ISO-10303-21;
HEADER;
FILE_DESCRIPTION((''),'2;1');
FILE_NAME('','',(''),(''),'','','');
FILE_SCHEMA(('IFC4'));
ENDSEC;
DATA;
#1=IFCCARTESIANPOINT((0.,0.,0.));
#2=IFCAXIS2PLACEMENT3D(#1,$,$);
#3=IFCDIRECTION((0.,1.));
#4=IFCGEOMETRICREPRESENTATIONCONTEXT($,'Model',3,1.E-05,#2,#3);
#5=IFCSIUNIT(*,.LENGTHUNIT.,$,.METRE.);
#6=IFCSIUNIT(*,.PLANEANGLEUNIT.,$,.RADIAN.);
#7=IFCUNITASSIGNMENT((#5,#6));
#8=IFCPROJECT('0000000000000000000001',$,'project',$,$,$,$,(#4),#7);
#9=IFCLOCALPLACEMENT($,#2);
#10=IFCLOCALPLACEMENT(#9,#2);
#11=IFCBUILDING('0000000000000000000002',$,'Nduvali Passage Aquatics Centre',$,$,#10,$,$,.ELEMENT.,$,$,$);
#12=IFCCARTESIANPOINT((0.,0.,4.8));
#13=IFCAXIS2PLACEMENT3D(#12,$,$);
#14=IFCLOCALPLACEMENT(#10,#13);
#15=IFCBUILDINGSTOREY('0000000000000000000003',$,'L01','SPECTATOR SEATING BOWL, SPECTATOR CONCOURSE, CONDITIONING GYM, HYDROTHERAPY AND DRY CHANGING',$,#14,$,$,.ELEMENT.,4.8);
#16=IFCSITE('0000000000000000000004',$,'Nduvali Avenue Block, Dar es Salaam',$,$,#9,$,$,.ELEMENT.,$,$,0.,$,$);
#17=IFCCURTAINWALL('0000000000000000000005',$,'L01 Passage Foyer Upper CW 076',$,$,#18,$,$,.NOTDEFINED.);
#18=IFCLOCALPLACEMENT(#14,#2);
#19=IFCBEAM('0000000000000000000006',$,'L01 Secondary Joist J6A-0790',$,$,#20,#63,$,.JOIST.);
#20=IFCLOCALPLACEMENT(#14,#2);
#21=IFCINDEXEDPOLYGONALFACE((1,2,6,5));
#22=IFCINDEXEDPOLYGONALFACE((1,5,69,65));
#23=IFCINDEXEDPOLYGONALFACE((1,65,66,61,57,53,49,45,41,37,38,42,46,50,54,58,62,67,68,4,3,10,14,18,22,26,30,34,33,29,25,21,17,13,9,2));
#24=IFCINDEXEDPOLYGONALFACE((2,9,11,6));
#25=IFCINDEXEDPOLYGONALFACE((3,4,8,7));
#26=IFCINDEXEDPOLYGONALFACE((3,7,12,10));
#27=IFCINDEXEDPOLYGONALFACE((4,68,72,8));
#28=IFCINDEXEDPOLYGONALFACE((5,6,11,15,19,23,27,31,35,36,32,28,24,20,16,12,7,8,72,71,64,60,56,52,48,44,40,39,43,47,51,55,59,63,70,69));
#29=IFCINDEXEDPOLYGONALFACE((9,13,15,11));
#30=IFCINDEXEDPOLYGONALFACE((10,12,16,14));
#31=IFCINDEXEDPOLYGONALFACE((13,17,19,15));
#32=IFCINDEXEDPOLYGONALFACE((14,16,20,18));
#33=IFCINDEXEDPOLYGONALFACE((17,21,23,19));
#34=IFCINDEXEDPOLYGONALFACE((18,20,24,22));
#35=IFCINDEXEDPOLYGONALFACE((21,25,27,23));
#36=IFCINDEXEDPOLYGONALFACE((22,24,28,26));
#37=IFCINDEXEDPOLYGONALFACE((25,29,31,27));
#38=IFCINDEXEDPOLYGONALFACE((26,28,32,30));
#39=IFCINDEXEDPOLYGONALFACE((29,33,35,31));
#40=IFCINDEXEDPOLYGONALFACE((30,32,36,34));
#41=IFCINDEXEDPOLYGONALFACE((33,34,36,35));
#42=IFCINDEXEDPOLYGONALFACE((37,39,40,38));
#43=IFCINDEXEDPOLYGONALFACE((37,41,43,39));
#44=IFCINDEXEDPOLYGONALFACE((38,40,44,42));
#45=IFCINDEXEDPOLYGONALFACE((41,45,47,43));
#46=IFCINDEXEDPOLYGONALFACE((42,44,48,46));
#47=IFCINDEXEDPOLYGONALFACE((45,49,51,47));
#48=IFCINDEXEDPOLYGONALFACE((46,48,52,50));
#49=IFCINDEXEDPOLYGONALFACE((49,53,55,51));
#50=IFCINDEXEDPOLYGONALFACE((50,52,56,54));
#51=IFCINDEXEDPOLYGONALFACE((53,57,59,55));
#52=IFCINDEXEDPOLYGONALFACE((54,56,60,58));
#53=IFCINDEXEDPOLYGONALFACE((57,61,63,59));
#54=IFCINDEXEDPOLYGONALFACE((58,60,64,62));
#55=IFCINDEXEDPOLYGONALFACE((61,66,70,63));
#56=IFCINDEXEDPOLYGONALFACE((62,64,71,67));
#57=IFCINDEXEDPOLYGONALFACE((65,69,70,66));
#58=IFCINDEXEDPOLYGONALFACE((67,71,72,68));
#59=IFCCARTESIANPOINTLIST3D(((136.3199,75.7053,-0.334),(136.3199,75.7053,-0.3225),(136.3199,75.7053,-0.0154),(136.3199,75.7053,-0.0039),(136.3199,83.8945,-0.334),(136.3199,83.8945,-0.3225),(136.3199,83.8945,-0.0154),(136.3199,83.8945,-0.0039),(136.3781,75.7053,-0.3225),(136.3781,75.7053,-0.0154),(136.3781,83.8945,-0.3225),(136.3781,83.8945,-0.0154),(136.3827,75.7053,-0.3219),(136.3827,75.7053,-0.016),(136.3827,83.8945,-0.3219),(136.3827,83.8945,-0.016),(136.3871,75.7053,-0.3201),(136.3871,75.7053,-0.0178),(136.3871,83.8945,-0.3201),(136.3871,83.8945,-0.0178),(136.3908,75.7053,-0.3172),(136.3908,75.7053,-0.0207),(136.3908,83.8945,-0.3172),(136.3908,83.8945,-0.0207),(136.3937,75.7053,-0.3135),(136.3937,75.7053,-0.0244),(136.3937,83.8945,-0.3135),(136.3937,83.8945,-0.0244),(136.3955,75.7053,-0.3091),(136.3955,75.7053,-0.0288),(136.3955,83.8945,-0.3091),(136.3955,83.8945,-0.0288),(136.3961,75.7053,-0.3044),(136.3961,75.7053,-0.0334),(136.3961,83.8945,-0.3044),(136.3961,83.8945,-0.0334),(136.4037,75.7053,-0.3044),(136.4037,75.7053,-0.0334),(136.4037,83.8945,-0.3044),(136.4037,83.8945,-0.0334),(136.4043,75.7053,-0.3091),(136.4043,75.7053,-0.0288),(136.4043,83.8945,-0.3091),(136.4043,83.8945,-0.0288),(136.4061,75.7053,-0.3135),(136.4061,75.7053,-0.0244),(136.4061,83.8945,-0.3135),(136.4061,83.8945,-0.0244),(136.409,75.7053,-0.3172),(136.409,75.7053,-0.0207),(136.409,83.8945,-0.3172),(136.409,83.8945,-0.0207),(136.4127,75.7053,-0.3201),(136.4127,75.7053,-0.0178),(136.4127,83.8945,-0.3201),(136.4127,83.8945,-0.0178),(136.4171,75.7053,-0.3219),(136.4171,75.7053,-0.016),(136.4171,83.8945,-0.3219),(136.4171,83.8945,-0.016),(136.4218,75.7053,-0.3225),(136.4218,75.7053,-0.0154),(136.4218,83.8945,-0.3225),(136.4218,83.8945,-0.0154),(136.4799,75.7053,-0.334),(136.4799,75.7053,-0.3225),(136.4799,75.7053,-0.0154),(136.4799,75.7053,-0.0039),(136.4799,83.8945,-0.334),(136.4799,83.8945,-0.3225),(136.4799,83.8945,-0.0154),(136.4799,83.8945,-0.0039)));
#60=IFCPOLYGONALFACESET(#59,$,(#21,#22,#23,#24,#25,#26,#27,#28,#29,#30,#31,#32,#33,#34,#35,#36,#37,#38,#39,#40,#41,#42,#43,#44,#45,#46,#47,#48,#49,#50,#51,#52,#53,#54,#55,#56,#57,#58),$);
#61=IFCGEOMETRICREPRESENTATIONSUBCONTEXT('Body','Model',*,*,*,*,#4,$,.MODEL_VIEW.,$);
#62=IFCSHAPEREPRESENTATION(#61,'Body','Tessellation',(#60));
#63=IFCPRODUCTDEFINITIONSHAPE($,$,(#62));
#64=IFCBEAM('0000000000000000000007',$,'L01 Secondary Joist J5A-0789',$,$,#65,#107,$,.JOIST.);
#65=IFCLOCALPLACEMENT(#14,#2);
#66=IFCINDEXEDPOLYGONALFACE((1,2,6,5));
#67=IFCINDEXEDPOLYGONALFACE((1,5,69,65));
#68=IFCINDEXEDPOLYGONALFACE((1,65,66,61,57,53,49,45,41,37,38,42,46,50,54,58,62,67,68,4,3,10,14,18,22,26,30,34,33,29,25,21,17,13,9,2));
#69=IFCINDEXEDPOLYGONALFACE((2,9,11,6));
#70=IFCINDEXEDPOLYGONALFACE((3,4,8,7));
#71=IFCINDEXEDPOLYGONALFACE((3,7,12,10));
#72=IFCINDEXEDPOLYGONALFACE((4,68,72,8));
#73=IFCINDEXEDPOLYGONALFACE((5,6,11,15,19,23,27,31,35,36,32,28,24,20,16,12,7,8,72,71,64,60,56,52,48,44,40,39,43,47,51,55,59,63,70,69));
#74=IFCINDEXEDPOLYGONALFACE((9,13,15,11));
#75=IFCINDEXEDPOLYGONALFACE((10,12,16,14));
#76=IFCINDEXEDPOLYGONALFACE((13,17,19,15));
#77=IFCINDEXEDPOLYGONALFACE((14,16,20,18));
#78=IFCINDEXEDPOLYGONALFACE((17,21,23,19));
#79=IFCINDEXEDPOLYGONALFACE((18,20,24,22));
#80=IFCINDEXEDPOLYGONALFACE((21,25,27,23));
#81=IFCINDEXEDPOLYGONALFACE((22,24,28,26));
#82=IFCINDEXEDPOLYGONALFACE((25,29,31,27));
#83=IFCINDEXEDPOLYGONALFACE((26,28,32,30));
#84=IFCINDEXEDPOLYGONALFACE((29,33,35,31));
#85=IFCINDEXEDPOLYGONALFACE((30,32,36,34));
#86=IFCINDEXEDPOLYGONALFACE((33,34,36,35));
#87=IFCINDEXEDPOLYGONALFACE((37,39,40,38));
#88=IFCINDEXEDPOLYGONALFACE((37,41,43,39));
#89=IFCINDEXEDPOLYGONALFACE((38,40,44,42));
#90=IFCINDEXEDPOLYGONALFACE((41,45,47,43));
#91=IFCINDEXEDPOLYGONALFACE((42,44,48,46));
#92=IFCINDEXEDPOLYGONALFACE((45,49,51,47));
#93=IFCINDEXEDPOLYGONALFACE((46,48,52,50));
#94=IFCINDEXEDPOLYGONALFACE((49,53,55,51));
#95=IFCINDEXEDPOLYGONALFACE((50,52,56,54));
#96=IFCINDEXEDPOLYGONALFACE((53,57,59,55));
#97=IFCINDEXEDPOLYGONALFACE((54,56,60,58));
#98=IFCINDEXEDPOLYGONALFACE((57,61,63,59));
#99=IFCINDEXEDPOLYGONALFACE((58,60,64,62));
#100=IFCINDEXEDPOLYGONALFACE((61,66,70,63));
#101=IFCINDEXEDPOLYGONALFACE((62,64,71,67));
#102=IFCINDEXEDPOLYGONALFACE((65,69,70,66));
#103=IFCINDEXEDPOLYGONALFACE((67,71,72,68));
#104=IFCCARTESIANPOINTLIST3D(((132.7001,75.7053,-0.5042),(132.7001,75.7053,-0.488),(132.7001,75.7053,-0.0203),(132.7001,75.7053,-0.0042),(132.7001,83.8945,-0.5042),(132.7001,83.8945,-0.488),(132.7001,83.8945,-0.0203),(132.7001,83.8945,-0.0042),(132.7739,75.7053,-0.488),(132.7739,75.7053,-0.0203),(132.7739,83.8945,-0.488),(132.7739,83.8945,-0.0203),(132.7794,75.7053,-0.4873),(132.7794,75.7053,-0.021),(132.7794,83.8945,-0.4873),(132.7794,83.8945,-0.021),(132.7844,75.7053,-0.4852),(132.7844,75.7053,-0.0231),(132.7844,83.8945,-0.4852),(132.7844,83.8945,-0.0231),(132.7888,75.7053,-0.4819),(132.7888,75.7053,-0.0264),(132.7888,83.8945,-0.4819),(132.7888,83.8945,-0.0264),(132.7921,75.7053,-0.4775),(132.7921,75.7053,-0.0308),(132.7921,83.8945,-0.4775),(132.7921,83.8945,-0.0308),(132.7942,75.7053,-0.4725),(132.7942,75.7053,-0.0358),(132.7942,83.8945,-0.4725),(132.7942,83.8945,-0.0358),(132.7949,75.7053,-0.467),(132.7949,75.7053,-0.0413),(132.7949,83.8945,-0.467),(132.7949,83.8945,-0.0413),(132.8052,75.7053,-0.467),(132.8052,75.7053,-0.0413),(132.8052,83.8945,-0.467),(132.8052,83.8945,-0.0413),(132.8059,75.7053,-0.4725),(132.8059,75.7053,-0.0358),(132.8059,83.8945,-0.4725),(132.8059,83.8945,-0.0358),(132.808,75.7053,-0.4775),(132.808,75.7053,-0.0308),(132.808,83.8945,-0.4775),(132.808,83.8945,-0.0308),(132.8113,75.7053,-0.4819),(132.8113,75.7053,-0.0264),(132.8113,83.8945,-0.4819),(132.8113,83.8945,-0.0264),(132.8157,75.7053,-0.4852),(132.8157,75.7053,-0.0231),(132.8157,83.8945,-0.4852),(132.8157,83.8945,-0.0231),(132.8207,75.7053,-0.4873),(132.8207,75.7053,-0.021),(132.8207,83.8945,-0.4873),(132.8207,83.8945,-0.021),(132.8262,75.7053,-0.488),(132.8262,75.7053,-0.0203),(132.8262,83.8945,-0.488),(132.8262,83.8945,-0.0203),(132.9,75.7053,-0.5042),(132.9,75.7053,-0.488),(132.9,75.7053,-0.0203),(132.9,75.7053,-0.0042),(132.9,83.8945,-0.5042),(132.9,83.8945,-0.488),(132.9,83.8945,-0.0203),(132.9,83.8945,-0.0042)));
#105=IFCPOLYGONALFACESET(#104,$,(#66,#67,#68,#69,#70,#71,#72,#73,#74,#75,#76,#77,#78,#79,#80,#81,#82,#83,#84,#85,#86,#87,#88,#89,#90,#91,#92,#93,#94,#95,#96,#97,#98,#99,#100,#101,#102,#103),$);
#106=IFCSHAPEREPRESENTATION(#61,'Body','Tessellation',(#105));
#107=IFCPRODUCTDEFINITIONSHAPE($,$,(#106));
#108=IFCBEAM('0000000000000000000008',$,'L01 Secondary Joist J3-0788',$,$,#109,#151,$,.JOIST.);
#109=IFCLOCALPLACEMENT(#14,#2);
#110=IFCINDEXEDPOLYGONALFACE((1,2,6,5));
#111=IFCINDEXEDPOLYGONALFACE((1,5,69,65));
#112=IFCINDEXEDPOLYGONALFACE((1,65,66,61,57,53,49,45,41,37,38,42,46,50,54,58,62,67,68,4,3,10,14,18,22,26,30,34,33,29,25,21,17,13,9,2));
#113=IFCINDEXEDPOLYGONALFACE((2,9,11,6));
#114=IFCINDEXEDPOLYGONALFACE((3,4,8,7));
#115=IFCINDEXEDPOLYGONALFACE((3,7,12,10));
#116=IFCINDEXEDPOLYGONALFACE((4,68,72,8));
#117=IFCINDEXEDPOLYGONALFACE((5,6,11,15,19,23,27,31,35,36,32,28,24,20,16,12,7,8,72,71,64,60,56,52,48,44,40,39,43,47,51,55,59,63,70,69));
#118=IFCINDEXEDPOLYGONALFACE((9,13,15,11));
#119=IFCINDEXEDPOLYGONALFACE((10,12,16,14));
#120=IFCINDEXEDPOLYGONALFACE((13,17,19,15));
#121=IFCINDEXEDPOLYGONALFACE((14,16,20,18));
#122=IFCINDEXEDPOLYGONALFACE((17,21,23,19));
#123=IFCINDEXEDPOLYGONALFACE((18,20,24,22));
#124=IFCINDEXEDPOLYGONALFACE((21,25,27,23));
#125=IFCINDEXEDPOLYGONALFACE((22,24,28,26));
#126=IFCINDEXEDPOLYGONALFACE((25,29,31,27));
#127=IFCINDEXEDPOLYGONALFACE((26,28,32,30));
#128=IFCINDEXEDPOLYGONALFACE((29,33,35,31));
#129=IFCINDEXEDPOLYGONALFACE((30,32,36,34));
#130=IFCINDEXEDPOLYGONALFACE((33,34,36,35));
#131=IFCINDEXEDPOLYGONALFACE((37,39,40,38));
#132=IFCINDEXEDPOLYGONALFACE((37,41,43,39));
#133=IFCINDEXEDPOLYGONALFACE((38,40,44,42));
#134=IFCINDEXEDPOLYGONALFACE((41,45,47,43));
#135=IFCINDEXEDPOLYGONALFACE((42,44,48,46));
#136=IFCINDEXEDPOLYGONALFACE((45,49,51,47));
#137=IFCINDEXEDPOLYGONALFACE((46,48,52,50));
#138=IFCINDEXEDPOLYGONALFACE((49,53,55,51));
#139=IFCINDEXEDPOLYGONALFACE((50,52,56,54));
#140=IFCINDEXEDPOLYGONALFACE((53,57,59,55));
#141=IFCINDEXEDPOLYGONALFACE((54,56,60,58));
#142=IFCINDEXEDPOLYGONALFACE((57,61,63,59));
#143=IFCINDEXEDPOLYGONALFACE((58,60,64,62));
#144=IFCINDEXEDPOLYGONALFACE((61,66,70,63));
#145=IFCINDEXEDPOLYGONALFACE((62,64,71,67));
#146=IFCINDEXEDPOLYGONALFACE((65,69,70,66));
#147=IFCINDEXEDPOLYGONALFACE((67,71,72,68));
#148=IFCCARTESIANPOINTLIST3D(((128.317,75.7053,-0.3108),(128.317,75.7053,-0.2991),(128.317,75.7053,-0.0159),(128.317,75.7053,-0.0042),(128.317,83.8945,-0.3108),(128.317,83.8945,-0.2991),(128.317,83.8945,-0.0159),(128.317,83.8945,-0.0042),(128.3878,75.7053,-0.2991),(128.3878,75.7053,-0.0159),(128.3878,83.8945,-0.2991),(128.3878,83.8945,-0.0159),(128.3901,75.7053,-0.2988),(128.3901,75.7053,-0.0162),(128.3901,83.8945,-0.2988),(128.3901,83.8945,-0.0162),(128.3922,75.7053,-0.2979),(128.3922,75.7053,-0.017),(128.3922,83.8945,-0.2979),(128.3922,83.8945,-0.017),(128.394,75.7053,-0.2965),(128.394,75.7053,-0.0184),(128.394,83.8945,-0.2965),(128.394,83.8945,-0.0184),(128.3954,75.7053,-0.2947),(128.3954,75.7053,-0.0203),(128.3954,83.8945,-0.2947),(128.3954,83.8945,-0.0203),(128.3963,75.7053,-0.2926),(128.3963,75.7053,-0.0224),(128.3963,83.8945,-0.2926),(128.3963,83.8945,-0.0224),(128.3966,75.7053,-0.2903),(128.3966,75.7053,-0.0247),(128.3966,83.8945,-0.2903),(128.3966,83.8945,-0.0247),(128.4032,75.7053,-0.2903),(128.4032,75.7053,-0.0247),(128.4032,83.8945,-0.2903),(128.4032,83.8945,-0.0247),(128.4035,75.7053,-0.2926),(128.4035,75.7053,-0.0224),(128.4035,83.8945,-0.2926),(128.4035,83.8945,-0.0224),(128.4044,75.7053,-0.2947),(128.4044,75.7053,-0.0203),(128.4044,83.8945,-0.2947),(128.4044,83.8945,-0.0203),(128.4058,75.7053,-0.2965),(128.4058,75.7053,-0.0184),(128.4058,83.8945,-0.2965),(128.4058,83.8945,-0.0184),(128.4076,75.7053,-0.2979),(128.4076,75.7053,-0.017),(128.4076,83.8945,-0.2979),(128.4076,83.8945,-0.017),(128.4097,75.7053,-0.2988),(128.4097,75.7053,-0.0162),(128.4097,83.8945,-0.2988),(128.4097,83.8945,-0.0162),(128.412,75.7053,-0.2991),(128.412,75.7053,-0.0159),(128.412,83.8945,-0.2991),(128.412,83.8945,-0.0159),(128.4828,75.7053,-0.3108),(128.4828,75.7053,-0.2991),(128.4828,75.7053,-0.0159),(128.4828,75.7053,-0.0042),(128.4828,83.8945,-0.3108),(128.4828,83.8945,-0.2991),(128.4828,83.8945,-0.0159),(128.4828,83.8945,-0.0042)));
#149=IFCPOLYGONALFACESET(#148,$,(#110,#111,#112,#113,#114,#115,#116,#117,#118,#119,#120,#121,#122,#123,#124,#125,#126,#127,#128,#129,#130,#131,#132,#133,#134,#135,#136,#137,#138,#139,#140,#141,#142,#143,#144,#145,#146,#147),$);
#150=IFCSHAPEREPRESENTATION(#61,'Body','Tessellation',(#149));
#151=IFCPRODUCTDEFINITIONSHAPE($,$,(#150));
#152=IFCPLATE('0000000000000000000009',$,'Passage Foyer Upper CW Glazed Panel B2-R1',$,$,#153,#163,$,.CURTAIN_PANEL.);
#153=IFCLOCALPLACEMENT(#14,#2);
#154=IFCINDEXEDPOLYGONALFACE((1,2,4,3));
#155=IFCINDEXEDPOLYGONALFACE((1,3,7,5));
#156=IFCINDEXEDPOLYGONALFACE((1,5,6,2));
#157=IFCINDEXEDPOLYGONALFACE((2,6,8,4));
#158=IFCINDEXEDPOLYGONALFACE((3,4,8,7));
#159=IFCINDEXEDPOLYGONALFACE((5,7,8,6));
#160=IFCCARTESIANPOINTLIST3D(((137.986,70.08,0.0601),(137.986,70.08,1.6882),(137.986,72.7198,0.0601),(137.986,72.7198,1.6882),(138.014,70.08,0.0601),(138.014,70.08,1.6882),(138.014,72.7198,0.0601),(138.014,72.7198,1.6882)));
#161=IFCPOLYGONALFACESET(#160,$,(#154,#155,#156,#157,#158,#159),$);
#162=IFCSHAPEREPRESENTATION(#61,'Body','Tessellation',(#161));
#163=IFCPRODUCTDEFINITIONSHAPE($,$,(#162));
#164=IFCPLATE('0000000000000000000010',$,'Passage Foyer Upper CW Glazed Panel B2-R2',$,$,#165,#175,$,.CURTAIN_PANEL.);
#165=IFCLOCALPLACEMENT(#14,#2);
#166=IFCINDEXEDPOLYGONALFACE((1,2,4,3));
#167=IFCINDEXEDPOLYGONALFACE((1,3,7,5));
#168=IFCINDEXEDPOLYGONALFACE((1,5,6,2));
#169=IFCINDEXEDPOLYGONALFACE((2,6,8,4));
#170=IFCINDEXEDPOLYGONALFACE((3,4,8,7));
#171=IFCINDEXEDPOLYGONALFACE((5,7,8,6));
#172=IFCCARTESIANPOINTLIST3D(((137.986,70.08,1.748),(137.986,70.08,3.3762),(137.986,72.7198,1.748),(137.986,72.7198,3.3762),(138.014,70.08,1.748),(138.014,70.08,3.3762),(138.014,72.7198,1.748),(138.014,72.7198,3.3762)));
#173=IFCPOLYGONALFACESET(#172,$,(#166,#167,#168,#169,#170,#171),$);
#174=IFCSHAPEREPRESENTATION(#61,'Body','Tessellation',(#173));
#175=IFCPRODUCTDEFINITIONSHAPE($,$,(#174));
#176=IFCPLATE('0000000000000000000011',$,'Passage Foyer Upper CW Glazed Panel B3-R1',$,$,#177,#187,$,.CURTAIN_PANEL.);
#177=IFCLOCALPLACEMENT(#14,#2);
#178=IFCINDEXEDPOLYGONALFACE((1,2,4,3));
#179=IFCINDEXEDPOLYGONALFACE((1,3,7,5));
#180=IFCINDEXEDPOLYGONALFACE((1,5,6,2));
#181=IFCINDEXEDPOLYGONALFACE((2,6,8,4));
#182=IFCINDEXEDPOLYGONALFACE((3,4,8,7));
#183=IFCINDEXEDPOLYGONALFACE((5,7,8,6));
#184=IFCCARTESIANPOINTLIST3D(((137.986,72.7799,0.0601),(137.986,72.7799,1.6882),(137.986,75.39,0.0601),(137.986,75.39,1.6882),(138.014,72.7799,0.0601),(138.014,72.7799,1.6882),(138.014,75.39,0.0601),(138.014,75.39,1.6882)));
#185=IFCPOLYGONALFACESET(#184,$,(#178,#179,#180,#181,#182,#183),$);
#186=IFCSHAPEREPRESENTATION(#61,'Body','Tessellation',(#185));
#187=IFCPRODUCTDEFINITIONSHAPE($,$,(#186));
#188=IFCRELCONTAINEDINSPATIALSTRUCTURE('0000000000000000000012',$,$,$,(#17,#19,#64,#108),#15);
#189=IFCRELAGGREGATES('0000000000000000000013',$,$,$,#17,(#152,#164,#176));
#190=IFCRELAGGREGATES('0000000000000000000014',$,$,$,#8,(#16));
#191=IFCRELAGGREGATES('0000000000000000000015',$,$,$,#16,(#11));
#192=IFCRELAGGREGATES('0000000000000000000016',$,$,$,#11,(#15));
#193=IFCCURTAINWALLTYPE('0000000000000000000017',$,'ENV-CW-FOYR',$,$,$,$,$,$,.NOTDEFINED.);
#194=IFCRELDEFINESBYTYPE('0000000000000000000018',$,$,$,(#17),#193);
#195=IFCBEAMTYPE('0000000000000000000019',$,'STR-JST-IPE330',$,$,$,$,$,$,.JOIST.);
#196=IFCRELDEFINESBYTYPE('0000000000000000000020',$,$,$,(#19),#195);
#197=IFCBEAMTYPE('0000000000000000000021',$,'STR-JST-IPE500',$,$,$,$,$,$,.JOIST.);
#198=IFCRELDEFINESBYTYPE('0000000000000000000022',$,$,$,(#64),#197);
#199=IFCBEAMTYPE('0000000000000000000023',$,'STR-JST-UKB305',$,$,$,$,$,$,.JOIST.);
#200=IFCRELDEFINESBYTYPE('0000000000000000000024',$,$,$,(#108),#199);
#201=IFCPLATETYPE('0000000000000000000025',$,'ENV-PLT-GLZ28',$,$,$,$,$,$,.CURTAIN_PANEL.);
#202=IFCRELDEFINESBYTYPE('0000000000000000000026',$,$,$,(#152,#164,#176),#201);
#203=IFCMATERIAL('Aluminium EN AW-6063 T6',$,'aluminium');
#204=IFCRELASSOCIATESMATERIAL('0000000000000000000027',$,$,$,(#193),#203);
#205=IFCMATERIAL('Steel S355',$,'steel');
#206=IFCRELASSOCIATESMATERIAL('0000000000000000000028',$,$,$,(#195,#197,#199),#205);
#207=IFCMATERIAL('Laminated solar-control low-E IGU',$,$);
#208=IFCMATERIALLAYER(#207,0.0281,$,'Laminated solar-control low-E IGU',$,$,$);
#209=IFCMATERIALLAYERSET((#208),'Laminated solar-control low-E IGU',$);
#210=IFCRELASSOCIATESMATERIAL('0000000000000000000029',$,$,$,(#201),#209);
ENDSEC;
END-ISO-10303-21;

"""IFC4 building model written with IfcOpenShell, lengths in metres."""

from ifc_helpers import new_model, si_unit, direction, frame, origin, origin_2d, place, context, subcontext, project, spatial, rectangle, i_section, extrude, material, layer, layer_set, material_profile, profile_set, type_object, element, aggregate, save


model = new_model("IFC4")

# Units and contexts
model_context = context("Model", 3, precision=1e-05, world=origin(), true_north=direction((0.0, 1.0)))
body_context = subcontext(model_context, "Body", "Model", "MODEL_VIEW")
ifc_project = project(units=[si_unit("LENGTHUNIT", "METRE"), si_unit("PLANEANGLEUNIT", "RADIAN")], contexts=[model_context])

# Site, building, storey
site_placement = place(None, origin())
site = spatial("IfcSite", under=ifc_project, at=site_placement, Name="Nduvali Avenue Block, Dar es Salaam", CompositionType="ELEMENT", RefElevation=0.0)
building_placement = place(site_placement, origin())
building = spatial("IfcBuilding", under=site, at=building_placement, Name="Nduvali Passage Aquatics Centre", CompositionType="ELEMENT")
storey_placement = place(building_placement, frame((0.0, 0.0, 4.8)))
storey = spatial("IfcBuildingStorey", under=building, at=storey_placement, Name="L01", Description="SPECTATOR SEATING BOWL, SPECTATOR CONCOURSE, CONDITIONING GYM, HYDROTHERAPY AND DRY CHANGING", CompositionType="ELEMENT", Elevation=4.8)

# Shared definitions
ifc_material_1 = material(Name="Steel S355", Category="steel")

# Curtain wall
ifc_material_2 = material(Name="Aluminium EN AW-6063 T6", Category="aluminium")
curtain_wall_type = type_object("IfcCurtainWallType", Name="ENV-CW-FOYR", PredefinedType="NOTDEFINED", material=ifc_material_2)
curtain_wall_placement = place(storey_placement, origin())
curtain_wall = element("IfcCurtainWall", 1, at=curtain_wall_placement, inside=storey, type_object=curtain_wall_type, Name="L01 Passage Foyer Upper CW 076", PredefinedType="NOTDEFINED")

# Beams
ifc_material_profile_1 = material_profile(ifc_material_1, i_section(OverallWidth=0.1599, OverallDepth=0.3301, WebThickness=0.0076, FlangeThickness=0.0115, FilletRadius=0.0181, at=origin_2d()), Name="IPE 330")
ifc_profile_set_1 = profile_set([ifc_material_profile_1], Name="Steel S355")
beam_type_1 = type_object("IfcBeamType", Name="STR-JST-IPE330", PredefinedType="JOIST", material=ifc_profile_set_1)
beam_1_placement = place(storey_placement, frame((136.3999, 75.7053, -0.1689), z_axis=(0.0, 1.0, 0.0), x_axis=(-1.0, 0.0, 0.0)))
element("IfcBeam", 2, at=beam_1_placement, inside=storey, type_object=beam_type_1, Name="L01 Secondary Joist J6A-0790", PredefinedType="JOIST", context=body_context, shape_type="SweptSolid", body=[
    extrude(i_section(OverallWidth=0.1599, OverallDepth=0.3301, WebThickness=0.0076, FlangeThickness=0.0115, FilletRadius=0.0181, at=origin_2d()), origin(), (0.0, 0.0, 1.0), 8.1892),
])
ifc_material_profile_2 = material_profile(ifc_material_1, i_section(OverallWidth=0.2, OverallDepth=0.5, WebThickness=0.0103, FlangeThickness=0.0161, FilletRadius=0.021, at=origin_2d()), Name="IPE 500")
ifc_profile_set_2 = profile_set([ifc_material_profile_2], Name="Steel S355")
beam_type_2 = type_object("IfcBeamType", Name="STR-JST-IPE500", PredefinedType="JOIST", material=ifc_profile_set_2)
beam_2_placement = place(storey_placement, frame((132.8, 75.7053, -0.2542), z_axis=(0.0, 1.0, 0.0), x_axis=(-1.0, 0.0, 0.0)))
element("IfcBeam", 3, at=beam_2_placement, inside=storey, type_object=beam_type_2, Name="L01 Secondary Joist J5A-0789", PredefinedType="JOIST", context=body_context, shape_type="SweptSolid", body=[
    extrude(i_section(OverallWidth=0.2, OverallDepth=0.5, WebThickness=0.0103, FlangeThickness=0.0161, FilletRadius=0.021, at=origin_2d()), origin(), (0.0, 0.0, 1.0), 8.1892),
])
ifc_material_profile_3 = material_profile(ifc_material_1, i_section(OverallWidth=0.1658, OverallDepth=0.3066, WebThickness=0.0066, FlangeThickness=0.0117, FilletRadius=0.0088, at=origin_2d()), Name="UKB 305x165x46")
ifc_profile_set_3 = profile_set([ifc_material_profile_3], Name="Steel S355")
beam_type_3 = type_object("IfcBeamType", Name="STR-JST-UKB305", PredefinedType="JOIST", material=ifc_profile_set_3)
beam_3_placement = place(storey_placement, frame((128.3999, 75.7053, -0.1575), z_axis=(0.0, 1.0, 0.0), x_axis=(-1.0, 0.0, 0.0)))
element("IfcBeam", 4, at=beam_3_placement, inside=storey, type_object=beam_type_3, Name="L01 Secondary Joist J3-0788", PredefinedType="JOIST", context=body_context, shape_type="SweptSolid", body=[
    extrude(i_section(OverallWidth=0.1658, OverallDepth=0.3066, WebThickness=0.0066, FlangeThickness=0.0117, FilletRadius=0.0088, at=origin_2d()), origin(), (0.0, 0.0, 1.0), 8.1892),
])

# Plates
ifc_material_3 = material(Name="Laminated solar-control low-E IGU")
ifc_layer_1 = layer(ifc_material_3, 0.0281, Name="Laminated solar-control low-E IGU")
ifc_layer_set_1 = layer_set([ifc_layer_1], Name="Laminated solar-control low-E IGU")
plate_type = type_object("IfcPlateType", Name="ENV-PLT-GLZ28", PredefinedType="CURTAIN_PANEL", material=ifc_layer_set_1)
plate_1_placement = place(storey_placement, frame((138.0, 71.3999, 0.0601), z_axis=(0.0, 0.0, 1.0), x_axis=(0.0, 1.0, 0.0)))
plate_1 = element("IfcPlate", 5, at=plate_1_placement, type_object=plate_type, Name="Passage Foyer Upper CW Glazed Panel B2-R1", PredefinedType="CURTAIN_PANEL", context=body_context, shape_type="SweptSolid", body=[
    extrude(rectangle(XDim=2.6399, YDim=0.0281, at=origin_2d()), origin(), (0.0, 0.0, 1.0), 1.6282),
])
plate_2_placement = place(storey_placement, frame((138.0, 71.3999, 1.748), z_axis=(0.0, 0.0, 1.0), x_axis=(0.0, 1.0, 0.0)))
plate_2 = element("IfcPlate", 6, at=plate_2_placement, type_object=plate_type, Name="Passage Foyer Upper CW Glazed Panel B2-R2", PredefinedType="CURTAIN_PANEL", context=body_context, shape_type="SweptSolid", body=[
    extrude(rectangle(XDim=2.6399, YDim=0.0281, at=origin_2d()), origin(), (0.0, 0.0, 1.0), 1.6282),
])
plate_3_placement = place(storey_placement, frame((138.0, 74.085, 0.0601), z_axis=(0.0, 0.0, 1.0), x_axis=(0.0, 1.0, 0.0)))
plate_3 = element("IfcPlate", 7, at=plate_3_placement, type_object=plate_type, Name="Passage Foyer Upper CW Glazed Panel B3-R1", PredefinedType="CURTAIN_PANEL", context=body_context, shape_type="SweptSolid", body=[
    extrude(rectangle(XDim=2.6101, YDim=0.0281, at=origin_2d()), origin(), (0.0, 0.0, 1.0), 1.6282),
])
aggregate(curtain_wall, [plate_1, plate_2, plate_3])

save(model, "model.ifc")
